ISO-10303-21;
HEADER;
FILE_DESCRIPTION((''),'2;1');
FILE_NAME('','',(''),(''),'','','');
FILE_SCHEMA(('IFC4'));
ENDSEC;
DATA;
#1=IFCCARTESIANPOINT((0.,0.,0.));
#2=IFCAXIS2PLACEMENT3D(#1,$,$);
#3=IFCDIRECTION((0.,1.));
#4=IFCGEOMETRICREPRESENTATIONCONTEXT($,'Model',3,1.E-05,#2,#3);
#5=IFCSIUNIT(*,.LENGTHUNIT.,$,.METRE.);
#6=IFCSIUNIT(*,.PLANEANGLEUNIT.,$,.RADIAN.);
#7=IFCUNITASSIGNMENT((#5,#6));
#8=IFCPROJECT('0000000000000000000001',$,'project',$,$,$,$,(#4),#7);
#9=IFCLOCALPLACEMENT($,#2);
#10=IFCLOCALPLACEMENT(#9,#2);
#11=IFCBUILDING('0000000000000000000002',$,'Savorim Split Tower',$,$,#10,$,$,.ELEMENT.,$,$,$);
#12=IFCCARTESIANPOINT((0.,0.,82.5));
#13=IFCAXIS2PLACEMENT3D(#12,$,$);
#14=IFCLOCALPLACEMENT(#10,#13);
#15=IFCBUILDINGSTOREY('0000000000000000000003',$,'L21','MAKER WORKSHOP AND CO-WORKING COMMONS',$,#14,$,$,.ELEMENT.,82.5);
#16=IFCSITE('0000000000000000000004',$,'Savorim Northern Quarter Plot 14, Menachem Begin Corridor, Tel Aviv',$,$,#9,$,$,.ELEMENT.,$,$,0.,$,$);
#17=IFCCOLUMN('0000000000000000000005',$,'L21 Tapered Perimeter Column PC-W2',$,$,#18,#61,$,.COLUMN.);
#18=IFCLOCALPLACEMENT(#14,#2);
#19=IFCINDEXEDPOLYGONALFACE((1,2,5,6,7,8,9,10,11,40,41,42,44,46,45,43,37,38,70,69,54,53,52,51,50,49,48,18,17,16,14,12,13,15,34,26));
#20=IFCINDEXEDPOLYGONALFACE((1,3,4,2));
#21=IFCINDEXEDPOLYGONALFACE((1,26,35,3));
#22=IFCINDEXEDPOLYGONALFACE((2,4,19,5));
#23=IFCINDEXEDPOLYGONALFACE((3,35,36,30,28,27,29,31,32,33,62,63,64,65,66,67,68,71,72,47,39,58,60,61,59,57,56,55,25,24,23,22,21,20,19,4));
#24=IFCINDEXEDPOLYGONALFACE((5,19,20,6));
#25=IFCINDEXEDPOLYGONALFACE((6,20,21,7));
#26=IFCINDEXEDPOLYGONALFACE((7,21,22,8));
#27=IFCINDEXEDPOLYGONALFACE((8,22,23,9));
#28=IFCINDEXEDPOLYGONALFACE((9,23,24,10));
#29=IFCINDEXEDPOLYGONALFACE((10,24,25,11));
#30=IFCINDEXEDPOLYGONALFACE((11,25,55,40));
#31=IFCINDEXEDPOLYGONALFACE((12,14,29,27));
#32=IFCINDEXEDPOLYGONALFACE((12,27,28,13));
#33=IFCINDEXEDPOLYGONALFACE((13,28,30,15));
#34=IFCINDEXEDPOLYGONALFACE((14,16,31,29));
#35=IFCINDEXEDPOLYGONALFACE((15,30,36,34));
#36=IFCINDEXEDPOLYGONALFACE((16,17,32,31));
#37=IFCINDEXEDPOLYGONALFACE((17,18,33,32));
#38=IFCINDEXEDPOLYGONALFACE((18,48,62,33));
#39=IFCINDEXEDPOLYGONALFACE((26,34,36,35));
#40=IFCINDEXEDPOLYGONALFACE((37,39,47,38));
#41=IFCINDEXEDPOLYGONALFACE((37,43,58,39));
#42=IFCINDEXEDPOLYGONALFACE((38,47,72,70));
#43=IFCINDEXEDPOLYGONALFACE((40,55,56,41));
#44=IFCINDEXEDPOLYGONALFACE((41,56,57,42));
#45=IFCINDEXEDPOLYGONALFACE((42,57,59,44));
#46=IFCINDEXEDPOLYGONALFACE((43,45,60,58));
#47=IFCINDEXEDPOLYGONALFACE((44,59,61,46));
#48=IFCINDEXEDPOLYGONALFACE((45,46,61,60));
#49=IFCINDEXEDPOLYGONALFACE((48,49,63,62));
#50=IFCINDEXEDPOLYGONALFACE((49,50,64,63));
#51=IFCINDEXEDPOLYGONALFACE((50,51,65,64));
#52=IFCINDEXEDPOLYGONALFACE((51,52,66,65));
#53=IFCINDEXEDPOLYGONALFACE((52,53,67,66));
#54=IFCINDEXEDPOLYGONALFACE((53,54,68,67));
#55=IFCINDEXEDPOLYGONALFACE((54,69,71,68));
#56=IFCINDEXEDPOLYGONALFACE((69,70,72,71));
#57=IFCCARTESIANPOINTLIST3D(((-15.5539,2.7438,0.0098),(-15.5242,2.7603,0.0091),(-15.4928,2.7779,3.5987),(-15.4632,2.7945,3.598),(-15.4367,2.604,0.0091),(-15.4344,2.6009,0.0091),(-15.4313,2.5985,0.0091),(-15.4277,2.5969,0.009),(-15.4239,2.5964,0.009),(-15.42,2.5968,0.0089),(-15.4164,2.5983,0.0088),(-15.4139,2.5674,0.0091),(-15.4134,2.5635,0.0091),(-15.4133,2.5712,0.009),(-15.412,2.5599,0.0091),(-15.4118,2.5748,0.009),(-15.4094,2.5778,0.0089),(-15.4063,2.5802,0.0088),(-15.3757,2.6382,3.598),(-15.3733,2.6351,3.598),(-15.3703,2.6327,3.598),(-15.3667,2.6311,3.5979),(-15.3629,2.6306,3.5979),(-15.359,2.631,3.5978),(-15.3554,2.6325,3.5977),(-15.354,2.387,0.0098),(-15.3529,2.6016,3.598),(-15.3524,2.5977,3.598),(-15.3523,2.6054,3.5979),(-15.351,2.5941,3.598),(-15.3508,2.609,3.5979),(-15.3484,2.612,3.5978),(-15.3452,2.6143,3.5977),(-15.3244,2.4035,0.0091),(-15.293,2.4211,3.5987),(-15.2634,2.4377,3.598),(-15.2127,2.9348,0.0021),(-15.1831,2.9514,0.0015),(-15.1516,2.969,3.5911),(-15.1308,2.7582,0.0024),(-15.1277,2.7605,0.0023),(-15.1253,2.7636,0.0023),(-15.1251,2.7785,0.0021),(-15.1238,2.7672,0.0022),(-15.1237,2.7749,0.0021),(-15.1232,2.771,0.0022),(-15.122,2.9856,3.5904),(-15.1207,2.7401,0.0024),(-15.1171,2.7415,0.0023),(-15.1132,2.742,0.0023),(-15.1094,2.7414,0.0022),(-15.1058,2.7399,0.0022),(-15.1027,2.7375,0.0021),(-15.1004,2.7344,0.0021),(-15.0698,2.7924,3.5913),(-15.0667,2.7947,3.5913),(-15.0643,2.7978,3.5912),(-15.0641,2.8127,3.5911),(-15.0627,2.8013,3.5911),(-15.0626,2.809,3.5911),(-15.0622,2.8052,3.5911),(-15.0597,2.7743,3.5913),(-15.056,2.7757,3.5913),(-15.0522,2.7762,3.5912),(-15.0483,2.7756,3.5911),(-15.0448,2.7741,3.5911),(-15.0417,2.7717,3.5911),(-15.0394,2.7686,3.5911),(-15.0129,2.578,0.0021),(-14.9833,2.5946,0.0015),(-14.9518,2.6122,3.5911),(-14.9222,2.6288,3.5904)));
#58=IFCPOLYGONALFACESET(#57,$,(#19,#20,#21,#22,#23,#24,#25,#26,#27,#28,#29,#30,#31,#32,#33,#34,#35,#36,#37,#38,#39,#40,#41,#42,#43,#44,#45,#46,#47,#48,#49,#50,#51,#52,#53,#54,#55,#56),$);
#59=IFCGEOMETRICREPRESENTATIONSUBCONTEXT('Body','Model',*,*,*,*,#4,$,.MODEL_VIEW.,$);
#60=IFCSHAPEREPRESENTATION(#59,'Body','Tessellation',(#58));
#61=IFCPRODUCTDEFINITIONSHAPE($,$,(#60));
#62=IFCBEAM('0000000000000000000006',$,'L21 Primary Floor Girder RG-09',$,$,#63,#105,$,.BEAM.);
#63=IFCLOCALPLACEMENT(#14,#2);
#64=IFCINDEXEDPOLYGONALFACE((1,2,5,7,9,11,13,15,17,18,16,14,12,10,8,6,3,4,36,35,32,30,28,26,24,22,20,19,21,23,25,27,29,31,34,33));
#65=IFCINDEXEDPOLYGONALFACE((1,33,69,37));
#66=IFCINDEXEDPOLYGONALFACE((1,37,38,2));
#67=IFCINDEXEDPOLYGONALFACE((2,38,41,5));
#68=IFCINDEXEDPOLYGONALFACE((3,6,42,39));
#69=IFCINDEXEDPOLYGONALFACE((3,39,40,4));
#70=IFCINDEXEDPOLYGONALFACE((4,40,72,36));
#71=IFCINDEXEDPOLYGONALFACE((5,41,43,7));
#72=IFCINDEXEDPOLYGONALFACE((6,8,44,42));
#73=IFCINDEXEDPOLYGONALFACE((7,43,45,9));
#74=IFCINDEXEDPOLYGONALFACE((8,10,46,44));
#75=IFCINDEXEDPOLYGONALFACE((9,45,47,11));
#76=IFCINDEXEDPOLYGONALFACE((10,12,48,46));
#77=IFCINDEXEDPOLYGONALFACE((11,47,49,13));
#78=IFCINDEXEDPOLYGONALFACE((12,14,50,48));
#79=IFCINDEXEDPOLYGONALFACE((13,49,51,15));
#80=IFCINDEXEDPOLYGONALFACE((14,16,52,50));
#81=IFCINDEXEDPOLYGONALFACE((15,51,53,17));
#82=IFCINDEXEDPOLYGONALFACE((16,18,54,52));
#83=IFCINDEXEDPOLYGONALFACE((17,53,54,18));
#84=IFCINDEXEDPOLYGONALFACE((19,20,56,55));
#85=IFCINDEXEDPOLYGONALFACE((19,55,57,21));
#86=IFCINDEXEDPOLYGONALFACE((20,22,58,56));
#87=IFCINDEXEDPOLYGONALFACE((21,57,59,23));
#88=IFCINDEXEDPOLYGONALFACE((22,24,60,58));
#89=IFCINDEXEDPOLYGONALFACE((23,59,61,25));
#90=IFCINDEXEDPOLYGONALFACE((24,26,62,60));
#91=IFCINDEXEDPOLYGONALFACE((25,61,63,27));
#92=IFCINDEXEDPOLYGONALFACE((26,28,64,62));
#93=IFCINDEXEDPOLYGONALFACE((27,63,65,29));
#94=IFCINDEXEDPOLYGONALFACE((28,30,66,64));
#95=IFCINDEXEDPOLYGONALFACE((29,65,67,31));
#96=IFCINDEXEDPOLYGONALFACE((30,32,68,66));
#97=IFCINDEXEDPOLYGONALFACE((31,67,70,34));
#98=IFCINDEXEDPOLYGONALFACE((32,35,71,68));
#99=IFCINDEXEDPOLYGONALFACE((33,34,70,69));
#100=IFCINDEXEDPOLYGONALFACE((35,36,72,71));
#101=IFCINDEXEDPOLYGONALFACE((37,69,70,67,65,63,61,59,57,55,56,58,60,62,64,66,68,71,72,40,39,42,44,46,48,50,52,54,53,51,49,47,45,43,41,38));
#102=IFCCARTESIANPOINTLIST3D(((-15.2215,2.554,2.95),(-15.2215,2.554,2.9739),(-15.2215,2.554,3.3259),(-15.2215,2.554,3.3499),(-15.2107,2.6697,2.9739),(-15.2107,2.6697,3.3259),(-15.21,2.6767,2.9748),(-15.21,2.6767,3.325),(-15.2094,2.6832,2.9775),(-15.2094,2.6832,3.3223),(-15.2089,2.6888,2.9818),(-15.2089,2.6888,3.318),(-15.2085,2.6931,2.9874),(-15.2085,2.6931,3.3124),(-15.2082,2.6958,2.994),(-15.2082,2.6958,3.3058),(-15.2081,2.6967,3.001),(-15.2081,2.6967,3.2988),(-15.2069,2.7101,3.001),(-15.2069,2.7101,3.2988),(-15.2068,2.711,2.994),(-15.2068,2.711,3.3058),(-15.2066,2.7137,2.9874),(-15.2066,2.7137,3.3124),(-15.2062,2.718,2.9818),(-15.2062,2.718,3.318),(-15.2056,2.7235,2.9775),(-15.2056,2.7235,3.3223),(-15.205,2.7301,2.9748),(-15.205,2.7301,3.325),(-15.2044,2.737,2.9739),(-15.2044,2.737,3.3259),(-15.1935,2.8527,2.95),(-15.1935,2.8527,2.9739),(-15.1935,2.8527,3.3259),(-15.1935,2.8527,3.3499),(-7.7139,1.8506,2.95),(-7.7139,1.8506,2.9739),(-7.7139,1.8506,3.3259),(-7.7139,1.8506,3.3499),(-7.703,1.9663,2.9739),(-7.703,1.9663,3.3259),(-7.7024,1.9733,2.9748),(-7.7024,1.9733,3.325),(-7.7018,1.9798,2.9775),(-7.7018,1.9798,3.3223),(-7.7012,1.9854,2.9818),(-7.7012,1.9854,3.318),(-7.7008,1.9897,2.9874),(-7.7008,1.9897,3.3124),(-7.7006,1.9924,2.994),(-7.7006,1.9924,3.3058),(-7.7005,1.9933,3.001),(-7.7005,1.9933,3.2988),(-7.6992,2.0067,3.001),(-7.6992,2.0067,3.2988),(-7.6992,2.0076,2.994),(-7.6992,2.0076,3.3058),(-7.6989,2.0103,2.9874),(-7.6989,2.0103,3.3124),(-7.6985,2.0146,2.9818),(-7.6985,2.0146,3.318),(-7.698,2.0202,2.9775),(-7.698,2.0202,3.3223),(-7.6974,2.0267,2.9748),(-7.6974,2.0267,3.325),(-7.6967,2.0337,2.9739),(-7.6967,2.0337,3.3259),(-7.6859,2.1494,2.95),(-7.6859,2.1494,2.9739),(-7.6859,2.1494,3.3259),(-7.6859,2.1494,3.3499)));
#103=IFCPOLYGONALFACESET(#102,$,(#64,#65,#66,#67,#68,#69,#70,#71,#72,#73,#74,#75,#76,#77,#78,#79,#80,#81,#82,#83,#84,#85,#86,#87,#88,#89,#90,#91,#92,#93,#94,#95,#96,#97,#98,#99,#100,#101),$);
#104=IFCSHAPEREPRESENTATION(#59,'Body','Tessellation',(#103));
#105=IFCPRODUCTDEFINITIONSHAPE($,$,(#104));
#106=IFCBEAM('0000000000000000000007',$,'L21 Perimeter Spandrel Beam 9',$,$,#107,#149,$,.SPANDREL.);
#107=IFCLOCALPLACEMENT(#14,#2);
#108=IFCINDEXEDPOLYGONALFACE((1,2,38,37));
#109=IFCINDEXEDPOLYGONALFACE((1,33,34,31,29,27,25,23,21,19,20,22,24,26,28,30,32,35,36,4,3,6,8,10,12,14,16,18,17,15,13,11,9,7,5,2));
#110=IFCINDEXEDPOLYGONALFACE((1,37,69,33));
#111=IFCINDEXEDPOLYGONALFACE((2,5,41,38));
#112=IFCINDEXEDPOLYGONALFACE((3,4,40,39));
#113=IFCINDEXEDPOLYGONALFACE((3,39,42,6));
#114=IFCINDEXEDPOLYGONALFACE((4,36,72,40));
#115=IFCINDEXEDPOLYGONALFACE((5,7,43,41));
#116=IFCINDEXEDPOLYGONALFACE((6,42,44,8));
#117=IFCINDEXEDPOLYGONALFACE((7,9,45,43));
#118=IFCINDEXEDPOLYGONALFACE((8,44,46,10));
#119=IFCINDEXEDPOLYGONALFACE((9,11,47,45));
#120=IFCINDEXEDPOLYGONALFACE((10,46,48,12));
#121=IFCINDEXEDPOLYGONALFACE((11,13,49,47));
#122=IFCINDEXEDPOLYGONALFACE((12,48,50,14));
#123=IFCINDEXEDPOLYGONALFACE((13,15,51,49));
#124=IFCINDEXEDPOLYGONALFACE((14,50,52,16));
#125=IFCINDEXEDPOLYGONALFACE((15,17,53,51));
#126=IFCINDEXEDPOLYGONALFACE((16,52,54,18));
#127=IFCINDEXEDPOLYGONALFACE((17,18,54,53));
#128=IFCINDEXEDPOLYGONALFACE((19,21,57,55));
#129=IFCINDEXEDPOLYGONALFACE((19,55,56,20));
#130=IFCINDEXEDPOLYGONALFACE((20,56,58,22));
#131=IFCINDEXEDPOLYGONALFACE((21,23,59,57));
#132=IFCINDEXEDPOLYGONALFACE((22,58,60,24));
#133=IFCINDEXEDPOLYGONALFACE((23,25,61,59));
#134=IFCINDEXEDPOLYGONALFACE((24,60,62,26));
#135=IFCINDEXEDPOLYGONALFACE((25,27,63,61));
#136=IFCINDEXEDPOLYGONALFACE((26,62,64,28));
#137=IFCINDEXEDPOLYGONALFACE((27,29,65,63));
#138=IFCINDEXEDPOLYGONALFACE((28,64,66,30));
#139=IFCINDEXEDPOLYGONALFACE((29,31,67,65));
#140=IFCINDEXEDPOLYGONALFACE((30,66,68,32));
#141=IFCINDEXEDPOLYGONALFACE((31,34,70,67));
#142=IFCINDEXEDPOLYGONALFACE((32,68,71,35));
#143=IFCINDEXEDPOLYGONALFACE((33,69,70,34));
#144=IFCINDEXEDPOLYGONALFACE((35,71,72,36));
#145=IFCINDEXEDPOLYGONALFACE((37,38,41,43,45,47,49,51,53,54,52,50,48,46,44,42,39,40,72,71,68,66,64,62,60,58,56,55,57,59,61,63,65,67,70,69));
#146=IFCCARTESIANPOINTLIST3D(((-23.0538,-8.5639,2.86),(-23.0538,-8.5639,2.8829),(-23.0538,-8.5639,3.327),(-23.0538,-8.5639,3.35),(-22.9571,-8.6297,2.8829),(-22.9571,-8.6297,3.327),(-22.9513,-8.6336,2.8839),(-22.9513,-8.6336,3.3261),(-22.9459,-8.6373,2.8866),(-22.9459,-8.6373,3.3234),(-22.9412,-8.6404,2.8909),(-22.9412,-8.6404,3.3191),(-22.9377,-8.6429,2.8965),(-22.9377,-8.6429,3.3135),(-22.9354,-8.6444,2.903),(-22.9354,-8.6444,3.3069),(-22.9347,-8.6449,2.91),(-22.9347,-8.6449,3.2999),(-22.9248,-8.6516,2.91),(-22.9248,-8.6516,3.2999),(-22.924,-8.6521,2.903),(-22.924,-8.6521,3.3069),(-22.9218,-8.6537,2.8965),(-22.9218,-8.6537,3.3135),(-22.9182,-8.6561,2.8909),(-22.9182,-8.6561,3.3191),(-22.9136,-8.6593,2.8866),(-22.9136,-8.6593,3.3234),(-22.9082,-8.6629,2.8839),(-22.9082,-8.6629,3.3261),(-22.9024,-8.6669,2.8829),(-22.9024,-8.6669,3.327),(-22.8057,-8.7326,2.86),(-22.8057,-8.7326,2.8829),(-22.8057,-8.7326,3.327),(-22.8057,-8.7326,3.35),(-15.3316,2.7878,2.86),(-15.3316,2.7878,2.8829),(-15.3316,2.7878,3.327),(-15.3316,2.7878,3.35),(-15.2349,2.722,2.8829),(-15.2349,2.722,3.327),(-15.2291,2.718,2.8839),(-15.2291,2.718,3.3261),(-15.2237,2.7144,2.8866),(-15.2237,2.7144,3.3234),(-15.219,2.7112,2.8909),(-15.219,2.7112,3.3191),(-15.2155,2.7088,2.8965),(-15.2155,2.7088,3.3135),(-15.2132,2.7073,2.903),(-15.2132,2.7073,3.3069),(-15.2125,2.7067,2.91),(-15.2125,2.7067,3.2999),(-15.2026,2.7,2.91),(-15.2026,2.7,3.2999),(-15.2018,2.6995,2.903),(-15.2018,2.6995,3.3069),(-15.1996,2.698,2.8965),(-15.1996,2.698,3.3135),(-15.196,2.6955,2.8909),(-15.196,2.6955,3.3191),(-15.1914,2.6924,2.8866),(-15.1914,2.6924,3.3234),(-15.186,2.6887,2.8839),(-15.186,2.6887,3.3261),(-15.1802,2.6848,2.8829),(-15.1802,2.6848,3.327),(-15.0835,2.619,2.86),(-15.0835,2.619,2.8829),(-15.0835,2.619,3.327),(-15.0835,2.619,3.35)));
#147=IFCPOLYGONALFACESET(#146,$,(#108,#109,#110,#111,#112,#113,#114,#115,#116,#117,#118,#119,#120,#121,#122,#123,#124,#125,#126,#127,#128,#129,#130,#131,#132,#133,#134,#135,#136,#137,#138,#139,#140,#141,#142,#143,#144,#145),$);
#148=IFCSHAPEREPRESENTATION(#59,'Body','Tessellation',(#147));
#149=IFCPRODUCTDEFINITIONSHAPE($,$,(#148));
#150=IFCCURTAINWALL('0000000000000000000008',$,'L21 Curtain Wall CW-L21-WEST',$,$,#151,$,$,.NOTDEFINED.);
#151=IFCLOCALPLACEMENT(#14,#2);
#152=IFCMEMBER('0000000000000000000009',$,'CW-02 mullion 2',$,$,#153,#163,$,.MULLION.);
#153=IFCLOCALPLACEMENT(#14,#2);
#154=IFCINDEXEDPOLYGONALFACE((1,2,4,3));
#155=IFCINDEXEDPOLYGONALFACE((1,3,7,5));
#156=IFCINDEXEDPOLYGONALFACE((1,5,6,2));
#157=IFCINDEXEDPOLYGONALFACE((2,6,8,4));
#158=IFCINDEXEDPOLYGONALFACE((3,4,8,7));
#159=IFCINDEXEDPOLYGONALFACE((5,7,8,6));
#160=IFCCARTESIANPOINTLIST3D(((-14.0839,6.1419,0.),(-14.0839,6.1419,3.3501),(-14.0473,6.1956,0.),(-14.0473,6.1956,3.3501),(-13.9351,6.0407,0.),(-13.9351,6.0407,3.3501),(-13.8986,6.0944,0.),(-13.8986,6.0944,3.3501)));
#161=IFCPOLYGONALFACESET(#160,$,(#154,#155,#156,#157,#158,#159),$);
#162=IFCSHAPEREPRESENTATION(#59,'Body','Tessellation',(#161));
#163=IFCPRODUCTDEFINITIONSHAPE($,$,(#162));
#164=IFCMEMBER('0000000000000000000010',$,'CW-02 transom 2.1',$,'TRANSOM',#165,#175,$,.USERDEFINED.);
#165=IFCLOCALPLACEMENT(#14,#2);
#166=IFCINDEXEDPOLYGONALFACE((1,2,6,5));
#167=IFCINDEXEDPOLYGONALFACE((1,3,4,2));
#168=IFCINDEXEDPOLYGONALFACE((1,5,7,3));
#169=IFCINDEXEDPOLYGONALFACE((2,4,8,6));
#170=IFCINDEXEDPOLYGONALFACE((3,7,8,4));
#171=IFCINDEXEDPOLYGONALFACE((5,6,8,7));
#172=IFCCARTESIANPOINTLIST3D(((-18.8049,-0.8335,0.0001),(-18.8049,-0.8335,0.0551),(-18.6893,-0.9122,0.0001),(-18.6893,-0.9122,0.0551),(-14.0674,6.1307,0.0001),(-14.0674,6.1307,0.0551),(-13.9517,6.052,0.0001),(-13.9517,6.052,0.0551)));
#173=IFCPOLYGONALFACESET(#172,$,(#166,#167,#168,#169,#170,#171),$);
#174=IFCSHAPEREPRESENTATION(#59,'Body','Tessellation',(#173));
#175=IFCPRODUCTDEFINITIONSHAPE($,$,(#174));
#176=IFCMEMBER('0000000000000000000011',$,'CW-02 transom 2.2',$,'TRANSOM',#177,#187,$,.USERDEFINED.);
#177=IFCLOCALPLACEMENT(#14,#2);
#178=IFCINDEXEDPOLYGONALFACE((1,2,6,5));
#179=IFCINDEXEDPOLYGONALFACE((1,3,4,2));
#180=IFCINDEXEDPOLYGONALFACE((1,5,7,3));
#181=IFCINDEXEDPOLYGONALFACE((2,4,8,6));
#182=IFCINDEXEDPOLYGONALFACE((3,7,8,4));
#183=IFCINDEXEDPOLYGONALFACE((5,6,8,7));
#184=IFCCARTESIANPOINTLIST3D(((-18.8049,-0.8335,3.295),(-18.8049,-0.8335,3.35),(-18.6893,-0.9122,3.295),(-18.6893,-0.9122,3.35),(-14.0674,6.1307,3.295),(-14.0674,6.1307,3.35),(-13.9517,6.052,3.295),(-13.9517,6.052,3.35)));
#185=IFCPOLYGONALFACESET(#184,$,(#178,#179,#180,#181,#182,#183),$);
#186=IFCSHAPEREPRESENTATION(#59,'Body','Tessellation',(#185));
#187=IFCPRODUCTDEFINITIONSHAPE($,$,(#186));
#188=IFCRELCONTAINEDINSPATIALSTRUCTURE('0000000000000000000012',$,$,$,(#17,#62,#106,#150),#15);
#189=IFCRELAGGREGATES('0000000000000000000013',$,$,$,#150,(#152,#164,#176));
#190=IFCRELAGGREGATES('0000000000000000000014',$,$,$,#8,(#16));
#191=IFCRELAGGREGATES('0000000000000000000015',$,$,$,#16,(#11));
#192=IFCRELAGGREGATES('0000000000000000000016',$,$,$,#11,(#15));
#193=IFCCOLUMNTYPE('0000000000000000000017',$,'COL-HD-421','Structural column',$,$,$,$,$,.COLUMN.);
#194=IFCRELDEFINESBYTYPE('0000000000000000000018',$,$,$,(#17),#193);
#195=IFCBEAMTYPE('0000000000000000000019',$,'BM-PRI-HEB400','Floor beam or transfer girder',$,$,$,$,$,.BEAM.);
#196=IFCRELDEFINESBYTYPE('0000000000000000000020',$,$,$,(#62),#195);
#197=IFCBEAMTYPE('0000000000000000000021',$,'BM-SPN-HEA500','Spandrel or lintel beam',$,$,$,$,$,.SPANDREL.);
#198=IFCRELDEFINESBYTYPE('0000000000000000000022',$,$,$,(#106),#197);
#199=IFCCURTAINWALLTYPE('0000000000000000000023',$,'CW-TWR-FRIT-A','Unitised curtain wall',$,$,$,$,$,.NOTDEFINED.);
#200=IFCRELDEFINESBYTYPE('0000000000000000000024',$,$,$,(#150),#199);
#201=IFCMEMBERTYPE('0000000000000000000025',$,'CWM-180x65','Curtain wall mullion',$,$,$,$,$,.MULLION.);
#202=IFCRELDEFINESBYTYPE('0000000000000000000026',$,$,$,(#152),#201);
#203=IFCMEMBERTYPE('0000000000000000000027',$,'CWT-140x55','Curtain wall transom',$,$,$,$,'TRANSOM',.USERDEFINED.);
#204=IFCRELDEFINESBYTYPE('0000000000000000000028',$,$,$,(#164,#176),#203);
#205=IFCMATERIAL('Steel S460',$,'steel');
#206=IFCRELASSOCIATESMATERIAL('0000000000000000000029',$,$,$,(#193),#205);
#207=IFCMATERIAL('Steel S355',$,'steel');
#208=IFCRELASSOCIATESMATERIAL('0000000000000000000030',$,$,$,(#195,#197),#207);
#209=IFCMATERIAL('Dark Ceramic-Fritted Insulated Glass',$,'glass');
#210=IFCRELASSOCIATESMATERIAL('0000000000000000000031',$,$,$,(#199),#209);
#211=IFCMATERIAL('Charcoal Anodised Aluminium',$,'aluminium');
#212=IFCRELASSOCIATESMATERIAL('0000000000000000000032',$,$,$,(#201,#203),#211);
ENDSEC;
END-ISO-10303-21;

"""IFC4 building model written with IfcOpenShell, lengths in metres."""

from ifc_helpers import new_model, si_unit, direction, frame, origin, origin_2d, place, context, subcontext, project, spatial, rectangle, i_section, extrude, material, material_profile, profile_set, type_object, element, aggregate, save


model = new_model("IFC4")

# Units and contexts
model_context = context("Model", 3, precision=1e-05, world=origin(), true_north=direction((0.0, 1.0)))
body_context = subcontext(model_context, "Body", "Model", "MODEL_VIEW")
ifc_project = project(units=[si_unit("LENGTHUNIT", "METRE"), si_unit("PLANEANGLEUNIT", "RADIAN")], contexts=[model_context])

# Site, building, storey
site_placement = place(None, origin())
site = spatial("IfcSite", under=ifc_project, at=site_placement, Name="Savorim Northern Quarter Plot 14, Menachem Begin Corridor, Tel Aviv", CompositionType="ELEMENT", RefElevation=0.0)
building_placement = place(site_placement, origin())
building = spatial("IfcBuilding", under=site, at=building_placement, Name="Savorim Split Tower", CompositionType="ELEMENT")
storey_placement = place(building_placement, frame((0.0, 0.0, 82.5)))
storey = spatial("IfcBuildingStorey", under=building, at=storey_placement, Name="L21", Description="MAKER WORKSHOP AND CO-WORKING COMMONS", CompositionType="ELEMENT", Elevation=82.5)

# Column
ifc_material_1 = material(Name="Steel S460", Category="steel")
ifc_material_profile_1 = material_profile(ifc_material_1, i_section(OverallWidth=0.4089, OverallDepth=0.425, WebThickness=0.0208, FlangeThickness=0.0339, FilletRadius=0.0149, at=origin_2d()), Name="HD 400x421")
ifc_profile_set_1 = profile_set([ifc_material_profile_1], Name="Steel S460")
column_type = type_object("IfcColumnType", Name="COL-HD-421", Description="Structural column", PredefinedType="COLUMN", material=ifc_profile_set_1)
column_placement = place(storey_placement, frame((-15.2686, 2.6692, 0.0056), z_axis=(0.017004, 0.009522, 0.99981), x_axis=(-0.488603, 0.872506, 0.0)))
element("IfcColumn", 1, at=column_placement, inside=storey, type_object=column_type, Name="L21 Tapered Perimeter Column PC-W2", PredefinedType="COLUMN", context=body_context, shape_type="SweptSolid", body=[
    extrude(i_section(OverallWidth=0.4089, OverallDepth=0.425, WebThickness=0.0208, FlangeThickness=0.0339, FilletRadius=0.0149, at=origin_2d()), origin(), (0.0, 0.0, 1.0), 3.5896),
])

# Beams
ifc_material_2 = material(Name="Steel S355", Category="steel")
ifc_material_profile_2 = material_profile(ifc_material_2, i_section(OverallWidth=0.3, OverallDepth=0.3999, WebThickness=0.0134, FlangeThickness=0.0239, FilletRadius=0.0271, at=origin_2d()), Name="HEB 400")
ifc_profile_set_2 = profile_set([ifc_material_profile_2], Name="Steel S355")
beam_type_1 = type_object("IfcBeamType", Name="BM-PRI-HEB400", Description="Floor beam or transfer girder", PredefinedType="BEAM", material=ifc_profile_set_2)
beam_1_placement = place(storey_placement, frame((-15.2075, 2.7034, 3.1499), z_axis=(0.99564, -0.09328, 0.0), x_axis=(0.09328, 0.99564, 0.0)))
element("IfcBeam", 2, at=beam_1_placement, inside=storey, type_object=beam_type_1, Name="L21 Primary Floor Girder RG-09", PredefinedType="BEAM", context=body_context, shape_type="SweptSolid", body=[
    extrude(i_section(OverallWidth=0.3, OverallDepth=0.3999, WebThickness=0.0134, FlangeThickness=0.0239, FilletRadius=0.0271, at=origin_2d()), origin(), (0.0, 0.0, 1.0), 7.5405),
])
ifc_material_profile_3 = material_profile(ifc_material_2, i_section(OverallWidth=0.3, OverallDepth=0.49, WebThickness=0.012, FlangeThickness=0.0229, FilletRadius=0.0271, at=origin_2d()), Name="HEA 500")
ifc_profile_set_3 = profile_set([ifc_material_profile_3], Name="Steel S355")
beam_type_2 = type_object("IfcBeamType", Name="BM-SPN-HEA500", Description="Spandrel or lintel beam", PredefinedType="SPANDREL", material=ifc_profile_set_3)
beam_2_placement = place(storey_placement, frame((-15.2075, 2.7034, 3.105), z_axis=(-0.562465, -0.826821, 0.0), x_axis=(0.826821, -0.562465, 0.0)))
element("IfcBeam", 3, at=beam_2_placement, inside=storey, type_object=beam_type_2, Name="L21 Perimeter Spandrel Beam 9", PredefinedType="SPANDREL", context=body_context, shape_type="SweptSolid", body=[
    extrude(i_section(OverallWidth=0.3, OverallDepth=0.49, WebThickness=0.012, FlangeThickness=0.0229, FilletRadius=0.0271, at=origin_2d()), origin(), (0.0, 0.0, 1.0), 13.7292),
])

# Curtain wall, members
ifc_material_3 = material(Name="Dark Ceramic-Fritted Insulated Glass", Category="glass")
curtain_wall_type = type_object("IfcCurtainWallType", Name="CW-TWR-FRIT-A", Description="Unitised curtain wall", PredefinedType="NOTDEFINED", material=ifc_material_3)
curtain_wall_placement = place(storey_placement, origin())
curtain_wall = element("IfcCurtainWall", 4, at=curtain_wall_placement, inside=storey, type_object=curtain_wall_type, Name="L21 Curtain Wall CW-L21-WEST", PredefinedType="NOTDEFINED")
ifc_material_4 = material(Name="Charcoal Anodised Aluminium", Category="aluminium")
ifc_material_profile_4 = material_profile(ifc_material_4, rectangle(XDim=0.1799, YDim=0.0649, at=origin_2d()), Name="ALU-M 180x65")
ifc_profile_set_4 = profile_set([ifc_material_profile_4], Name="Charcoal Anodised Aluminium")
member_type_1 = type_object("IfcMemberType", Name="CWM-180x65", Description="Curtain wall mullion", PredefinedType="MULLION", material=ifc_profile_set_4)
member_1_placement = place(storey_placement, frame((-13.9912, 6.1182, 0.0), z_axis=(0.0, 0.0, 1.0), x_axis=(0.826819, -0.562468, 0.0)))
member_1 = element("IfcMember", 5, at=member_1_placement, type_object=member_type_1, Name="CW-02 mullion 2", PredefinedType="MULLION", context=body_context, shape_type="SweptSolid", body=[
    extrude(rectangle(XDim=0.1799, YDim=0.0649, at=origin_2d()), origin(), (0.0, 0.0, 1.0), 3.3501),
])
ifc_material_profile_5 = material_profile(ifc_material_4, rectangle(XDim=0.1399, YDim=0.0549, at=origin_2d()), Name="ALU-T 140x55")
ifc_profile_set_5 = profile_set([ifc_material_profile_5], Name="Charcoal Anodised Aluminium")
member_type_2 = type_object("IfcMemberType", Name="CWT-140x55", Description="Curtain wall transom", ElementType="TRANSOM", PredefinedType="USERDEFINED", material=ifc_profile_set_5)
member_2_placement = place(storey_placement, frame((-14.0095, 6.0913, 0.0276), z_axis=(-0.562469, -0.826819, 0.0), x_axis=(0.826819, -0.562469, 0.0)))
member_2 = element("IfcMember", 6, at=member_2_placement, type_object=member_type_2, Name="CW-02 transom 2.1", ObjectType="TRANSOM", PredefinedType="USERDEFINED", context=body_context, shape_type="SweptSolid", body=[
    extrude(rectangle(XDim=0.1399, YDim=0.0549, at=origin_2d()), origin(), (0.0, 0.0, 1.0), 8.4229),
])
member_3_placement = place(storey_placement, frame((-14.0095, 6.0913, 3.3225), z_axis=(-0.562469, -0.826819, 0.0), x_axis=(0.826819, -0.562469, 0.0)))
member_3 = element("IfcMember", 7, at=member_3_placement, type_object=member_type_2, Name="CW-02 transom 2.2", ObjectType="TRANSOM", PredefinedType="USERDEFINED", context=body_context, shape_type="SweptSolid", body=[
    extrude(rectangle(XDim=0.1399, YDim=0.0549, at=origin_2d()), origin(), (0.0, 0.0, 1.0), 8.4229),
])
aggregate(curtain_wall, [member_1, member_2, member_3])

save(model, "model.ifc")
